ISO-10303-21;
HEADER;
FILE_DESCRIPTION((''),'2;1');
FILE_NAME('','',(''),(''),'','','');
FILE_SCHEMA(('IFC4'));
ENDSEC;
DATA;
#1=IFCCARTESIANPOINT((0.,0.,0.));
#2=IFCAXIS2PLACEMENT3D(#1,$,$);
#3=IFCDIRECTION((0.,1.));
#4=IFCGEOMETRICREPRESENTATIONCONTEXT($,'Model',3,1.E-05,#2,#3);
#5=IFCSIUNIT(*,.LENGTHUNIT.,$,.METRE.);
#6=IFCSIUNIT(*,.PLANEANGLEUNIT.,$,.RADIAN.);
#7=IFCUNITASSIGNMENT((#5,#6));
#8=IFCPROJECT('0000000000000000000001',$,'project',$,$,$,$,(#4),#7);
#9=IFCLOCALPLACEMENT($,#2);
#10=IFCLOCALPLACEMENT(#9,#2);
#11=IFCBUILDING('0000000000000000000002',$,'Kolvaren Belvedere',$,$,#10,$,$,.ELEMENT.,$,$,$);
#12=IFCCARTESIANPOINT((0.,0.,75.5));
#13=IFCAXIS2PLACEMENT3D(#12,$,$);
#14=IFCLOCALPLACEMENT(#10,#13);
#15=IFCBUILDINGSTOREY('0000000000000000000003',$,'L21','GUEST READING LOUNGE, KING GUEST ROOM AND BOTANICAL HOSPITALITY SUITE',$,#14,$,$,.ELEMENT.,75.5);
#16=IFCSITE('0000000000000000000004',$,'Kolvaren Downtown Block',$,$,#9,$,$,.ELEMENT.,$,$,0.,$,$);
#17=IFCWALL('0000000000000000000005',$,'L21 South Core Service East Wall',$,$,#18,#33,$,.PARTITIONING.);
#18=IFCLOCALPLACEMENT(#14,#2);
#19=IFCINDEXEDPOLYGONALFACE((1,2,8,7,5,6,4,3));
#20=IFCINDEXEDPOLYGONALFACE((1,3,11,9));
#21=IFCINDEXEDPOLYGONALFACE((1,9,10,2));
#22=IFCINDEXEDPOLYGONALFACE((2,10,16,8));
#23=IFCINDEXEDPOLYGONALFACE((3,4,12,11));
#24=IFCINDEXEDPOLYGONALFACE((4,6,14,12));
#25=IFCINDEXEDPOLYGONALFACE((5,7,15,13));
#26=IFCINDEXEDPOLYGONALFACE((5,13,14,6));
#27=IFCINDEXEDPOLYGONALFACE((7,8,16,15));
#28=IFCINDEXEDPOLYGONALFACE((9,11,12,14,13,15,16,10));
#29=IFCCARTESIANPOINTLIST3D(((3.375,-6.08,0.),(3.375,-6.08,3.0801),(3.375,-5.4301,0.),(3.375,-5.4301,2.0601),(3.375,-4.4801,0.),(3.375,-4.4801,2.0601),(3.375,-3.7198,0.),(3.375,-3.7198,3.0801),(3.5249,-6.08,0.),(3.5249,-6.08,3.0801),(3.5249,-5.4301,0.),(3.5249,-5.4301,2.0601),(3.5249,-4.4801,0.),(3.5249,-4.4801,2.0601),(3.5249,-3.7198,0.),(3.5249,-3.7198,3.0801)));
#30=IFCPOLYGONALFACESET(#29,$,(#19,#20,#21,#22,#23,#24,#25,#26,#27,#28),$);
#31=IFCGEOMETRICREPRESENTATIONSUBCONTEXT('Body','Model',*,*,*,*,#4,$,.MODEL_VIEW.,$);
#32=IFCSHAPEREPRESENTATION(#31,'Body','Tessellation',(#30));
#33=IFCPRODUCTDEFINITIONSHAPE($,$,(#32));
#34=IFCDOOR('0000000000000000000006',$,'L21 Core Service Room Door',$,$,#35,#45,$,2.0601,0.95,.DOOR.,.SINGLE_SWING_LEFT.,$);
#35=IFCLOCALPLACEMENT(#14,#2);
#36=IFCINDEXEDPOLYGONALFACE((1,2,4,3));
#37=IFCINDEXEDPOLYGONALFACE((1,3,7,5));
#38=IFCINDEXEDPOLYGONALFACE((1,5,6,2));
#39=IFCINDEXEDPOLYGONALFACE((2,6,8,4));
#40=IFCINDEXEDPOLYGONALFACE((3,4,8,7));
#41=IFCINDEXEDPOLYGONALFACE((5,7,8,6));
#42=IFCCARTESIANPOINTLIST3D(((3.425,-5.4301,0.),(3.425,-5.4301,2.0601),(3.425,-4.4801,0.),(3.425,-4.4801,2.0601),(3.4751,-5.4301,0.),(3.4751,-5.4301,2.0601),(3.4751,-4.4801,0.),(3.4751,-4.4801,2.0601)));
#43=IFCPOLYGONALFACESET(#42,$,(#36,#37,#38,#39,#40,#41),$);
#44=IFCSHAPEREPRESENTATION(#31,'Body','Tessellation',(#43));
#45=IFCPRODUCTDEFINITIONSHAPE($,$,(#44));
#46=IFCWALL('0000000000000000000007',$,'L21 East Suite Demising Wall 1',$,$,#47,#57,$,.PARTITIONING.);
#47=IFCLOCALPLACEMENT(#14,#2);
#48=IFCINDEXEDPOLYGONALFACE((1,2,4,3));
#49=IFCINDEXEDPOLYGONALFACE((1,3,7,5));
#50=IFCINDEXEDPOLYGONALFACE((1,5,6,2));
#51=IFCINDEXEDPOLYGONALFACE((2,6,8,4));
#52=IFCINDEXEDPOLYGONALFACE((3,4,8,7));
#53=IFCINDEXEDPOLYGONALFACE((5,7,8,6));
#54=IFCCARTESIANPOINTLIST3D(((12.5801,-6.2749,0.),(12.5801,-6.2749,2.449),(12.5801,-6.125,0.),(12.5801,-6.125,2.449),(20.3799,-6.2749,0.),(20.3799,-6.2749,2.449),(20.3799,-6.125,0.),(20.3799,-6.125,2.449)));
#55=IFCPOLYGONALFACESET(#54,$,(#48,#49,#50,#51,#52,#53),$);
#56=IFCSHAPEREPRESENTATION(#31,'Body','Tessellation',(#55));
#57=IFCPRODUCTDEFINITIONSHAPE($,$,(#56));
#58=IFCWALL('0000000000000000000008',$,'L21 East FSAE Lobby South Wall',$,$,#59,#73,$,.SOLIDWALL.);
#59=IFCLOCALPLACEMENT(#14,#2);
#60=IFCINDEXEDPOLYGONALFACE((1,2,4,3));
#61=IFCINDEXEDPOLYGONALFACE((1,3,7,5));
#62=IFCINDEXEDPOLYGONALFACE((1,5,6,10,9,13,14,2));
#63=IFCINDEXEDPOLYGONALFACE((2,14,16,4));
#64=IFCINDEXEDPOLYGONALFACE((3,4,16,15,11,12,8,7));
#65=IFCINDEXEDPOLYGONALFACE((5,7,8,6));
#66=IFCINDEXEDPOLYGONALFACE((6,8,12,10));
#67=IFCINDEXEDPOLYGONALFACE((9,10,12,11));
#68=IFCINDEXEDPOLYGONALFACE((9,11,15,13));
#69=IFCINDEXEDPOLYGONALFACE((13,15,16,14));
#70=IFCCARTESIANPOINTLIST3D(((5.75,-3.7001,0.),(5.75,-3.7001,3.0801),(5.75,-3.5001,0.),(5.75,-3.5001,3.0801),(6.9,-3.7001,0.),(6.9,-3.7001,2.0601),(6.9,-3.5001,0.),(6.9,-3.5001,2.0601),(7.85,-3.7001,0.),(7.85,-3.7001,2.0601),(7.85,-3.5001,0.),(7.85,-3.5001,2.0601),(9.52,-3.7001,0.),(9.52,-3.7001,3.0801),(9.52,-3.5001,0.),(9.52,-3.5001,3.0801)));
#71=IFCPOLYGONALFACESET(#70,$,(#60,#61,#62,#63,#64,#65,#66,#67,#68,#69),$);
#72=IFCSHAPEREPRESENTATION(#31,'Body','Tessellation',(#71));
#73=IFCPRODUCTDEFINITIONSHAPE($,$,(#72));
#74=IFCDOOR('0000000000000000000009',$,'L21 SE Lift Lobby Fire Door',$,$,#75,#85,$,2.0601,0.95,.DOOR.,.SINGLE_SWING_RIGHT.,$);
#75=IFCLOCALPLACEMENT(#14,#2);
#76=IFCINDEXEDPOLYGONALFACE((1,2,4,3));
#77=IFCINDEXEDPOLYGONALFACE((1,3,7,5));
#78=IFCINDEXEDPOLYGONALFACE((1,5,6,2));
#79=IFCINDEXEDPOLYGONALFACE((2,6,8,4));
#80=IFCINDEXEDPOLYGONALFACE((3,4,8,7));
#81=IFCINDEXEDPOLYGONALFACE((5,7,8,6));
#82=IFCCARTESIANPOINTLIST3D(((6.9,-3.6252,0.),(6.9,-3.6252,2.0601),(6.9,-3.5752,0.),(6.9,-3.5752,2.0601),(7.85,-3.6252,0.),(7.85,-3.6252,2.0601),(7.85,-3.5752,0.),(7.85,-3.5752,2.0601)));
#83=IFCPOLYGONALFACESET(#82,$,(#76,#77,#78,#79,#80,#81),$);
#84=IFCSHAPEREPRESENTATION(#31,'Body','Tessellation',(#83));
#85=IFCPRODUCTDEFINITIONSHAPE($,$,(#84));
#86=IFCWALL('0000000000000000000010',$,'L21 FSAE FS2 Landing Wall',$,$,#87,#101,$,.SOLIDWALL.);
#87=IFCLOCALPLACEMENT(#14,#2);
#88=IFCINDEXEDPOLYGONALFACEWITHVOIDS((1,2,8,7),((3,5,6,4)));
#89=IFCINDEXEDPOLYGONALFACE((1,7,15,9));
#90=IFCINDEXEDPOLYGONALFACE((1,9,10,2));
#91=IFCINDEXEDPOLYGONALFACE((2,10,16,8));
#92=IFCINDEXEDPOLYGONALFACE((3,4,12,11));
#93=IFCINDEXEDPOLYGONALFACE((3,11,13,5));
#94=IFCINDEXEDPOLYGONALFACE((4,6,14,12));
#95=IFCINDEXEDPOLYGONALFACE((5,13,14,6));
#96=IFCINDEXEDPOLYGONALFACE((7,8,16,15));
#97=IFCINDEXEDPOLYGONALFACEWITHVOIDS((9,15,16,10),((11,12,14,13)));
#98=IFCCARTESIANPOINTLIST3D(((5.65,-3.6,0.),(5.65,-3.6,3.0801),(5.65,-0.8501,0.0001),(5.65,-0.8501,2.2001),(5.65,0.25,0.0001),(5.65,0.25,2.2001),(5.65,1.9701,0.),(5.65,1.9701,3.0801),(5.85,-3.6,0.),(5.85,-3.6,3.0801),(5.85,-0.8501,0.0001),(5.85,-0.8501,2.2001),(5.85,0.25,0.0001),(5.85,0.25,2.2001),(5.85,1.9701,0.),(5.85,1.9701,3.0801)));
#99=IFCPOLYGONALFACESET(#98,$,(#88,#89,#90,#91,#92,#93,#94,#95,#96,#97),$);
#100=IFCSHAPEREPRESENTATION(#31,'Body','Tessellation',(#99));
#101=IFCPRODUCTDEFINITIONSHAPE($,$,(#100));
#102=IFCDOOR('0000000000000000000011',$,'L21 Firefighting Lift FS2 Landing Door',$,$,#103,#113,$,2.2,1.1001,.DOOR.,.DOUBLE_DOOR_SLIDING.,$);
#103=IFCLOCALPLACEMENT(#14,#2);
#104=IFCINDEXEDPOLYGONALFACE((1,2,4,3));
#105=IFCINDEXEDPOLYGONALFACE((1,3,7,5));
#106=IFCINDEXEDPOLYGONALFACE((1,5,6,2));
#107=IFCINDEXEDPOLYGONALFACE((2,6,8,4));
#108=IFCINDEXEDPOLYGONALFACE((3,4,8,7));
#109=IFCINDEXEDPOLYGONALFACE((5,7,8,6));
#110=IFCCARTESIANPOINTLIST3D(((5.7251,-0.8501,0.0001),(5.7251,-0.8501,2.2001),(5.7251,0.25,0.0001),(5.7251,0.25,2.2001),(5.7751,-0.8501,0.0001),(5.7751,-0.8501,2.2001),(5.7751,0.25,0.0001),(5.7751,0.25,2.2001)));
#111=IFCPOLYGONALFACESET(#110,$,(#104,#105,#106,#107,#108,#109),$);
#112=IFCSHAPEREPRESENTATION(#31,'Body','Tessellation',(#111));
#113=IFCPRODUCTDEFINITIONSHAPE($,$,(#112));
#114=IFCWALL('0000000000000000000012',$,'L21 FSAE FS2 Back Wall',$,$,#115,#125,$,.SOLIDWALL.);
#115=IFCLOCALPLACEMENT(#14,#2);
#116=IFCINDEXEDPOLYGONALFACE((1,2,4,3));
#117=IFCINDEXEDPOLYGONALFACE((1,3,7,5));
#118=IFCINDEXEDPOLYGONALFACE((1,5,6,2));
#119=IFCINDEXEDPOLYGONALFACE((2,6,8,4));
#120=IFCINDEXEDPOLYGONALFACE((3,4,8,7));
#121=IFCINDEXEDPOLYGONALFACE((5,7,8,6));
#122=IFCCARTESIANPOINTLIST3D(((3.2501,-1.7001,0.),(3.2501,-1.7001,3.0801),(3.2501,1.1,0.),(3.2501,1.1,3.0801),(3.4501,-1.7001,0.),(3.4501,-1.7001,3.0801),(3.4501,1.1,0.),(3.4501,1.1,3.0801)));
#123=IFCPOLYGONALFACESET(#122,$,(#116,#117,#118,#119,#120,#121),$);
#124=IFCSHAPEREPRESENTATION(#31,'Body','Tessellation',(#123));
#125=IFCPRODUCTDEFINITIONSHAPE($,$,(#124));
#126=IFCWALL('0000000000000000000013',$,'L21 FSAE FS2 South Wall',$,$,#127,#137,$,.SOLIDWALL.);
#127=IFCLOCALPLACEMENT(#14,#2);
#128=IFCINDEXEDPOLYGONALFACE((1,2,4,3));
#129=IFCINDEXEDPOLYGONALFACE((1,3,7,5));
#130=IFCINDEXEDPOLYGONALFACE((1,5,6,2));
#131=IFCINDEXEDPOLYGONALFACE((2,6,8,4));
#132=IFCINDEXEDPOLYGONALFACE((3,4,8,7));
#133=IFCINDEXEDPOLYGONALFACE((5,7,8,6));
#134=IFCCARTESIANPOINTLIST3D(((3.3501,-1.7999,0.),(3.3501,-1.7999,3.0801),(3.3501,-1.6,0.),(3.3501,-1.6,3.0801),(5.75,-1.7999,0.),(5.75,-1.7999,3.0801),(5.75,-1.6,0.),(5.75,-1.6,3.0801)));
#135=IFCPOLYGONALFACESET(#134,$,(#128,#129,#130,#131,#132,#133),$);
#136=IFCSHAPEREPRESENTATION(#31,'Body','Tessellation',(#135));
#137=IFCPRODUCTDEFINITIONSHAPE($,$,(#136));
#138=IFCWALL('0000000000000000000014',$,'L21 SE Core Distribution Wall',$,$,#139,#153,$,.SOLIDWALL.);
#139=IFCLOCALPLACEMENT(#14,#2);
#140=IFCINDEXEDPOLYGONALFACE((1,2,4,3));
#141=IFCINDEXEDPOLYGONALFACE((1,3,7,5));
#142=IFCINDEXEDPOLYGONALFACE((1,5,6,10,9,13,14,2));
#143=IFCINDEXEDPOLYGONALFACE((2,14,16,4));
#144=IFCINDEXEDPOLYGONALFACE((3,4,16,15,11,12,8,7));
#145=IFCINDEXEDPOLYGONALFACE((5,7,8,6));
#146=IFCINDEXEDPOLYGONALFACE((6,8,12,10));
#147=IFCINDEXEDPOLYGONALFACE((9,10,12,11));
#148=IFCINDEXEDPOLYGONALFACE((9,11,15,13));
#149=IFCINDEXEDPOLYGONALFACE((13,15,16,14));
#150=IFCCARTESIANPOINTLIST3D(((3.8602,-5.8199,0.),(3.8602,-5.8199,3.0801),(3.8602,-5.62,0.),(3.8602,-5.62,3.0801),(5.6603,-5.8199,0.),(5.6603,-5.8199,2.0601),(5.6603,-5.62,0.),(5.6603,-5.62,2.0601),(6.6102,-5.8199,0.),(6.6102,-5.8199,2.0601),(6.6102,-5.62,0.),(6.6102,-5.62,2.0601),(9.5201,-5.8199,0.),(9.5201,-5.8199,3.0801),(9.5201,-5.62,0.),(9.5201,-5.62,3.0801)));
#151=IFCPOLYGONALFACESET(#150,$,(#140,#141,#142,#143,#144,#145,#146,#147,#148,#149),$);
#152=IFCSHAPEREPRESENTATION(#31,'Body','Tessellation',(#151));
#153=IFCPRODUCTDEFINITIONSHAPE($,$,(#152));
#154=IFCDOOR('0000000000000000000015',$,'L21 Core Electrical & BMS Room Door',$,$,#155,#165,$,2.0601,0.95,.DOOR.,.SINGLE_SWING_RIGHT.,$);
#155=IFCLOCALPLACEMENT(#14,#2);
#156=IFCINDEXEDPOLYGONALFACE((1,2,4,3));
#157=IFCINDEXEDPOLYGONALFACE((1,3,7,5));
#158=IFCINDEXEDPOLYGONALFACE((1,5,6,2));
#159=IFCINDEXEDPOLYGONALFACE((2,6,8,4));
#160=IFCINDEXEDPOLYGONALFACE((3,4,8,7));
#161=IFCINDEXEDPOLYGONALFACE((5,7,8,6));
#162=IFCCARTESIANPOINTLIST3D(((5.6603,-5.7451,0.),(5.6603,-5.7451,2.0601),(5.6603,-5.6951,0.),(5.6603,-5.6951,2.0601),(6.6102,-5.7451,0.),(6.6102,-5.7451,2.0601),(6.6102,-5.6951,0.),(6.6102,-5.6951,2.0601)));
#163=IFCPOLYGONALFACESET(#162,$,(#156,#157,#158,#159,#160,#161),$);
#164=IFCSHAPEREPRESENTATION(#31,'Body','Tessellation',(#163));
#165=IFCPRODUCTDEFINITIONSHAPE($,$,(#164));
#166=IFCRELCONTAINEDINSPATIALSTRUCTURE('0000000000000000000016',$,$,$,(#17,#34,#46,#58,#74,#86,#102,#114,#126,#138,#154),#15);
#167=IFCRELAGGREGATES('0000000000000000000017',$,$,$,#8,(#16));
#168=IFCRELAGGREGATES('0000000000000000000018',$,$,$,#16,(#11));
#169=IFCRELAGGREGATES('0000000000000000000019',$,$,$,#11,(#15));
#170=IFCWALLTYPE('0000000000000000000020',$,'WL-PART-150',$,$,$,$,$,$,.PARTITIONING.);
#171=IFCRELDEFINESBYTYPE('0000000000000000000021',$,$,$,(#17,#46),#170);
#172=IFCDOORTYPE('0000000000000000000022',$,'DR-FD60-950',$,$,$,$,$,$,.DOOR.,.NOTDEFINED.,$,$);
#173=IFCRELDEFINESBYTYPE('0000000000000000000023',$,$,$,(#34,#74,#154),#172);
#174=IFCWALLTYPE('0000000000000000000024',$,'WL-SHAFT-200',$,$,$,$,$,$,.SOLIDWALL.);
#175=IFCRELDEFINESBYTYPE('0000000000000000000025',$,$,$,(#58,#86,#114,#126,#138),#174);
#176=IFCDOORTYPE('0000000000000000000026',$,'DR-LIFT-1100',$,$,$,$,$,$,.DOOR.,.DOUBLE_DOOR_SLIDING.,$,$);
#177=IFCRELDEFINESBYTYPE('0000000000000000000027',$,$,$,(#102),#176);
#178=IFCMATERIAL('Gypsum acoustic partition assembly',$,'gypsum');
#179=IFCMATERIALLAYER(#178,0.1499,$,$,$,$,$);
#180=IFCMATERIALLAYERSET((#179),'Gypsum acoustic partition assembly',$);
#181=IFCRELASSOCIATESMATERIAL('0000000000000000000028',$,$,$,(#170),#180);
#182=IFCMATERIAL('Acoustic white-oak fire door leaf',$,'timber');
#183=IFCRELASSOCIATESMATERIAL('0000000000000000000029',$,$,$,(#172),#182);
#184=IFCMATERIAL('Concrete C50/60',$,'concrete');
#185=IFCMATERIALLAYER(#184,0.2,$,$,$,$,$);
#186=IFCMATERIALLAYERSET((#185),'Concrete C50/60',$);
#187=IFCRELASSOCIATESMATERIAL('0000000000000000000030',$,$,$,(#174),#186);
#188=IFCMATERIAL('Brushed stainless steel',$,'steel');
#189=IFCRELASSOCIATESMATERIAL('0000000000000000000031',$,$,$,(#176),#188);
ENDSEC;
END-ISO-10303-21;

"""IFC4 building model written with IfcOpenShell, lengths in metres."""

from ifc_helpers import new_model, si_unit, direction, frame, frame_2d, origin, place, context, subcontext, project, spatial, rectangle, extrude, material, layer, layer_set, type_object, element, fill, save


model = new_model("IFC4")

# Units and contexts
model_context = context("Model", 3, precision=1e-05, world=origin(), true_north=direction((0.0, 1.0)))
body_context = subcontext(model_context, "Body", "Model", "MODEL_VIEW")
ifc_project = project(units=[si_unit("LENGTHUNIT", "METRE"), si_unit("PLANEANGLEUNIT", "RADIAN")], contexts=[model_context])

# Site, building, storey
site_placement = place(None, origin())
site = spatial("IfcSite", under=ifc_project, at=site_placement, Name="Kolvaren Downtown Block", CompositionType="ELEMENT", RefElevation=0.0)
building_placement = place(site_placement, origin())
building = spatial("IfcBuilding", under=site, at=building_placement, Name="Kolvaren Belvedere", CompositionType="ELEMENT")
storey_placement = place(building_placement, frame((0.0, 0.0, 75.5)))
storey = spatial("IfcBuildingStorey", under=building, at=storey_placement, Name="L21", Description="GUEST READING LOUNGE, KING GUEST ROOM AND BOTANICAL HOSPITALITY SUITE", CompositionType="ELEMENT", Elevation=75.5)

# Wall, opening, door
ifc_material_1 = material(Name="Gypsum acoustic partition assembly", Category="gypsum")
ifc_layer_1 = layer(ifc_material_1, 0.1499)
ifc_layer_set_1 = layer_set([ifc_layer_1], Name="Gypsum acoustic partition assembly")
wall_type_1 = type_object("IfcWallType", Name="WL-PART-150", PredefinedType="PARTITIONING", material=ifc_layer_set_1)
wall_1_placement = place(storey_placement, frame((3.45, -6.0801, 0.0), z_axis=(0.0, 0.0, 1.0), x_axis=(0.0, 1.0, 0.0)))
wall_1 = element("IfcWall", 1, at=wall_1_placement, inside=storey, type_object=wall_type_1, Name="L21 South Core Service East Wall", PredefinedType="PARTITIONING", context=body_context, shape_type="SweptSolid", body=[
    extrude(rectangle(XDim=2.3601, YDim=0.1499, at=frame_2d((1.1802, 0.0))), origin(), (0.0, 0.0, 1.0), 3.0801),
])
opening_1_placement = place(wall_1_placement, frame((0.6499, 0.0, 0.0)))
opening_1 = element("IfcOpeningElement", 2, at=opening_1_placement, cuts=wall_1, PredefinedType="OPENING", context=body_context, shape_type="SweptSolid", body=[
    extrude(rectangle(XDim=0.95, YDim=2.0601, at=frame_2d((0.4751, 1.03))), frame((0.0, 0.085, 0.0), z_axis=(0.0, -1.0, 0.0), x_axis=(1.0, 0.0, 0.0)), (0.0, 0.0, 1.0), 0.1699),
])
ifc_material_2 = material(Name="Acoustic white-oak fire door leaf", Category="timber")
door_type_1 = type_object("IfcDoorType", Name="DR-FD60-950", OperationType="NOTDEFINED", PredefinedType="DOOR", material=ifc_material_2)
door_1_placement = place(opening_1_placement, origin())
door_1 = element("IfcDoor", 3, at=door_1_placement, inside=storey, type_object=door_type_1, Name="L21 Core Service Room Door", OperationType="SINGLE_SWING_LEFT", OverallHeight=2.0601, OverallWidth=0.95, PredefinedType="DOOR", context=body_context, shape_type="SweptSolid", body=[
    extrude(rectangle(XDim=0.95, YDim=2.0601, at=frame_2d((0.4751, 1.03))), frame((0.0, 0.0249, 0.0), z_axis=(0.0, -1.0, 0.0), x_axis=(1.0, 0.0, 0.0)), (0.0, 0.0, 1.0), 0.05),
])
fill(opening_1, door_1)

# Wall
wall_2_placement = place(storey_placement, frame((12.5801, -6.2, 0.0), z_axis=(0.0, 0.0, 1.0), x_axis=(1.0, 0.0, 0.0)))
element("IfcWall", 4, at=wall_2_placement, inside=storey, type_object=wall_type_1, Name="L21 East Suite Demising Wall 1", PredefinedType="PARTITIONING", context=body_context, shape_type="SweptSolid", body=[
    extrude(rectangle(XDim=7.7998, YDim=0.1499, at=frame_2d((3.8999, 0.0))), origin(), (0.0, 0.0, 1.0), 2.449),
])

# Walls, openings, doors
ifc_material_3 = material(Name="Concrete C50/60", Category="concrete")
ifc_layer_2 = layer(ifc_material_3, 0.2)
ifc_layer_set_2 = layer_set([ifc_layer_2], Name="Concrete C50/60")
wall_type_2 = type_object("IfcWallType", Name="WL-SHAFT-200", PredefinedType="SOLIDWALL", material=ifc_layer_set_2)
wall_3_placement = place(storey_placement, frame((5.75, -3.6001, 0.0), z_axis=(0.0, 0.0, 1.0), x_axis=(1.0, 0.0, 0.0)))
wall_3 = element("IfcWall", 5, at=wall_3_placement, inside=storey, type_object=wall_type_2, Name="L21 East FSAE Lobby South Wall", PredefinedType="SOLIDWALL", context=body_context, shape_type="SweptSolid", body=[
    extrude(rectangle(XDim=3.77, YDim=0.2, at=frame_2d((1.885, 0.0))), origin(), (0.0, 0.0, 1.0), 3.0801),
])
opening_2_placement = place(wall_3_placement, frame((1.1499, 0.0, 0.0)))
opening_2 = element("IfcOpeningElement", 6, at=opening_2_placement, cuts=wall_3, PredefinedType="OPENING", context=body_context, shape_type="SweptSolid", body=[
    extrude(rectangle(XDim=0.95, YDim=2.0601, at=frame_2d((0.4751, 1.03))), frame((0.0, 0.1099, 0.0), z_axis=(0.0, -1.0, 0.0), x_axis=(1.0, 0.0, 0.0)), (0.0, 0.0, 1.0), 0.22),
])
door_2_placement = place(opening_2_placement, origin())
door_2 = element("IfcDoor", 7, at=door_2_placement, inside=storey, type_object=door_type_1, Name="L21 SE Lift Lobby Fire Door", OperationType="SINGLE_SWING_RIGHT", OverallHeight=2.0601, OverallWidth=0.95, PredefinedType="DOOR", context=body_context, shape_type="SweptSolid", body=[
    extrude(rectangle(XDim=0.95, YDim=2.0601, at=frame_2d((0.4751, 1.03))), frame((0.0, 0.0249, 0.0), z_axis=(0.0, -1.0, 0.0), x_axis=(1.0, 0.0, 0.0)), (0.0, 0.0, 1.0), 0.05),
])
fill(opening_2, door_2)
wall_4_placement = place(storey_placement, frame((5.75, -3.6001, 0.0), z_axis=(0.0, 0.0, 1.0), x_axis=(0.0, 1.0, 0.0)))
wall_4 = element("IfcWall", 8, at=wall_4_placement, inside=storey, type_object=wall_type_2, Name="L21 FSAE FS2 Landing Wall", PredefinedType="SOLIDWALL", context=body_context, shape_type="SweptSolid", body=[
    extrude(rectangle(XDim=5.5701, YDim=0.2, at=frame_2d((2.7852, 0.0))), origin(), (0.0, 0.0, 1.0), 3.0801),
])
opening_3_placement = place(wall_4_placement, frame((2.75, 0.0, 0.0)))
opening_3 = element("IfcOpeningElement", 9, at=opening_3_placement, cuts=wall_4, PredefinedType="OPENING", context=body_context, shape_type="SweptSolid", body=[
    extrude(rectangle(XDim=1.1001, YDim=2.2, at=frame_2d((0.55, 1.1001))), frame((0.0, 0.1099, 0.0), z_axis=(0.0, -1.0, 0.0), x_axis=(1.0, 0.0, 0.0)), (0.0, 0.0, 1.0), 0.22),
])
ifc_material_4 = material(Name="Brushed stainless steel", Category="steel")
door_type_2 = type_object("IfcDoorType", Name="DR-LIFT-1100", OperationType="DOUBLE_DOOR_SLIDING", PredefinedType="DOOR", material=ifc_material_4)
door_3_placement = place(opening_3_placement, origin())
door_3 = element("IfcDoor", 10, at=door_3_placement, inside=storey, type_object=door_type_2, Name="L21 Firefighting Lift FS2 Landing Door", OperationType="DOUBLE_DOOR_SLIDING", OverallHeight=2.2, OverallWidth=1.1001, PredefinedType="DOOR", context=body_context, shape_type="SweptSolid", body=[
    extrude(rectangle(XDim=1.1001, YDim=2.2, at=frame_2d((0.55, 1.1001))), frame((0.0, 0.0249, 0.0), z_axis=(0.0, -1.0, 0.0), x_axis=(1.0, 0.0, 0.0)), (0.0, 0.0, 1.0), 0.05),
])
fill(opening_3, door_3)

# Walls
wall_5_placement = place(storey_placement, frame((3.3501, -1.7, 0.0), z_axis=(0.0, 0.0, 1.0), x_axis=(0.0, 1.0, 0.0)))
element("IfcWall", 11, at=wall_5_placement, inside=storey, type_object=wall_type_2, Name="L21 FSAE FS2 Back Wall", PredefinedType="SOLIDWALL", context=body_context, shape_type="SweptSolid", body=[
    extrude(rectangle(XDim=2.8, YDim=0.2, at=frame_2d((1.3999, 0.0))), origin(), (0.0, 0.0, 1.0), 3.0801),
])
wall_6_placement = place(storey_placement, frame((3.3501, -1.7, 0.0), z_axis=(0.0, 0.0, 1.0), x_axis=(1.0, 0.0, 0.0)))
element("IfcWall", 12, at=wall_6_placement, inside=storey, type_object=wall_type_2, Name="L21 FSAE FS2 South Wall", PredefinedType="SOLIDWALL", context=body_context, shape_type="SweptSolid", body=[
    extrude(rectangle(XDim=2.3999, YDim=0.2, at=frame_2d((1.2, 0.0))), origin(), (0.0, 0.0, 1.0), 3.0801),
])

# Wall, opening, door
wall_7_placement = place(storey_placement, frame((3.8601, -5.72, 0.0), z_axis=(0.0, 0.0, 1.0), x_axis=(1.0, 0.0, 0.0)))
wall_7 = element("IfcWall", 13, at=wall_7_placement, inside=storey, type_object=wall_type_2, Name="L21 SE Core Distribution Wall", PredefinedType="SOLIDWALL", context=body_context, shape_type="SweptSolid", body=[
    extrude(rectangle(XDim=5.6599, YDim=0.2, at=frame_2d((2.8301, 0.0))), origin(), (0.0, 0.0, 1.0), 3.0801),
])
opening_4_placement = place(wall_7_placement, frame((1.8, 0.0, 0.0)))
opening_4 = element("IfcOpeningElement", 14, at=opening_4_placement, cuts=wall_7, PredefinedType="OPENING", context=body_context, shape_type="SweptSolid", body=[
    extrude(rectangle(XDim=0.95, YDim=2.0601, at=frame_2d((0.4751, 1.03))), frame((0.0, 0.1099, 0.0), z_axis=(0.0, -1.0, 0.0), x_axis=(1.0, 0.0, 0.0)), (0.0, 0.0, 1.0), 0.22),
])
door_4_placement = place(opening_4_placement, origin())
door_4 = element("IfcDoor", 15, at=door_4_placement, inside=storey, type_object=door_type_1, Name="L21 Core Electrical & BMS Room Door", OperationType="SINGLE_SWING_RIGHT", OverallHeight=2.0601, OverallWidth=0.95, PredefinedType="DOOR", context=body_context, shape_type="SweptSolid", body=[
    extrude(rectangle(XDim=0.95, YDim=2.0601, at=frame_2d((0.4751, 1.03))), frame((0.0, 0.0249, 0.0), z_axis=(0.0, -1.0, 0.0), x_axis=(1.0, 0.0, 0.0)), (0.0, 0.0, 1.0), 0.05),
])
fill(opening_4, door_4)

save(model, "model.ifc")
